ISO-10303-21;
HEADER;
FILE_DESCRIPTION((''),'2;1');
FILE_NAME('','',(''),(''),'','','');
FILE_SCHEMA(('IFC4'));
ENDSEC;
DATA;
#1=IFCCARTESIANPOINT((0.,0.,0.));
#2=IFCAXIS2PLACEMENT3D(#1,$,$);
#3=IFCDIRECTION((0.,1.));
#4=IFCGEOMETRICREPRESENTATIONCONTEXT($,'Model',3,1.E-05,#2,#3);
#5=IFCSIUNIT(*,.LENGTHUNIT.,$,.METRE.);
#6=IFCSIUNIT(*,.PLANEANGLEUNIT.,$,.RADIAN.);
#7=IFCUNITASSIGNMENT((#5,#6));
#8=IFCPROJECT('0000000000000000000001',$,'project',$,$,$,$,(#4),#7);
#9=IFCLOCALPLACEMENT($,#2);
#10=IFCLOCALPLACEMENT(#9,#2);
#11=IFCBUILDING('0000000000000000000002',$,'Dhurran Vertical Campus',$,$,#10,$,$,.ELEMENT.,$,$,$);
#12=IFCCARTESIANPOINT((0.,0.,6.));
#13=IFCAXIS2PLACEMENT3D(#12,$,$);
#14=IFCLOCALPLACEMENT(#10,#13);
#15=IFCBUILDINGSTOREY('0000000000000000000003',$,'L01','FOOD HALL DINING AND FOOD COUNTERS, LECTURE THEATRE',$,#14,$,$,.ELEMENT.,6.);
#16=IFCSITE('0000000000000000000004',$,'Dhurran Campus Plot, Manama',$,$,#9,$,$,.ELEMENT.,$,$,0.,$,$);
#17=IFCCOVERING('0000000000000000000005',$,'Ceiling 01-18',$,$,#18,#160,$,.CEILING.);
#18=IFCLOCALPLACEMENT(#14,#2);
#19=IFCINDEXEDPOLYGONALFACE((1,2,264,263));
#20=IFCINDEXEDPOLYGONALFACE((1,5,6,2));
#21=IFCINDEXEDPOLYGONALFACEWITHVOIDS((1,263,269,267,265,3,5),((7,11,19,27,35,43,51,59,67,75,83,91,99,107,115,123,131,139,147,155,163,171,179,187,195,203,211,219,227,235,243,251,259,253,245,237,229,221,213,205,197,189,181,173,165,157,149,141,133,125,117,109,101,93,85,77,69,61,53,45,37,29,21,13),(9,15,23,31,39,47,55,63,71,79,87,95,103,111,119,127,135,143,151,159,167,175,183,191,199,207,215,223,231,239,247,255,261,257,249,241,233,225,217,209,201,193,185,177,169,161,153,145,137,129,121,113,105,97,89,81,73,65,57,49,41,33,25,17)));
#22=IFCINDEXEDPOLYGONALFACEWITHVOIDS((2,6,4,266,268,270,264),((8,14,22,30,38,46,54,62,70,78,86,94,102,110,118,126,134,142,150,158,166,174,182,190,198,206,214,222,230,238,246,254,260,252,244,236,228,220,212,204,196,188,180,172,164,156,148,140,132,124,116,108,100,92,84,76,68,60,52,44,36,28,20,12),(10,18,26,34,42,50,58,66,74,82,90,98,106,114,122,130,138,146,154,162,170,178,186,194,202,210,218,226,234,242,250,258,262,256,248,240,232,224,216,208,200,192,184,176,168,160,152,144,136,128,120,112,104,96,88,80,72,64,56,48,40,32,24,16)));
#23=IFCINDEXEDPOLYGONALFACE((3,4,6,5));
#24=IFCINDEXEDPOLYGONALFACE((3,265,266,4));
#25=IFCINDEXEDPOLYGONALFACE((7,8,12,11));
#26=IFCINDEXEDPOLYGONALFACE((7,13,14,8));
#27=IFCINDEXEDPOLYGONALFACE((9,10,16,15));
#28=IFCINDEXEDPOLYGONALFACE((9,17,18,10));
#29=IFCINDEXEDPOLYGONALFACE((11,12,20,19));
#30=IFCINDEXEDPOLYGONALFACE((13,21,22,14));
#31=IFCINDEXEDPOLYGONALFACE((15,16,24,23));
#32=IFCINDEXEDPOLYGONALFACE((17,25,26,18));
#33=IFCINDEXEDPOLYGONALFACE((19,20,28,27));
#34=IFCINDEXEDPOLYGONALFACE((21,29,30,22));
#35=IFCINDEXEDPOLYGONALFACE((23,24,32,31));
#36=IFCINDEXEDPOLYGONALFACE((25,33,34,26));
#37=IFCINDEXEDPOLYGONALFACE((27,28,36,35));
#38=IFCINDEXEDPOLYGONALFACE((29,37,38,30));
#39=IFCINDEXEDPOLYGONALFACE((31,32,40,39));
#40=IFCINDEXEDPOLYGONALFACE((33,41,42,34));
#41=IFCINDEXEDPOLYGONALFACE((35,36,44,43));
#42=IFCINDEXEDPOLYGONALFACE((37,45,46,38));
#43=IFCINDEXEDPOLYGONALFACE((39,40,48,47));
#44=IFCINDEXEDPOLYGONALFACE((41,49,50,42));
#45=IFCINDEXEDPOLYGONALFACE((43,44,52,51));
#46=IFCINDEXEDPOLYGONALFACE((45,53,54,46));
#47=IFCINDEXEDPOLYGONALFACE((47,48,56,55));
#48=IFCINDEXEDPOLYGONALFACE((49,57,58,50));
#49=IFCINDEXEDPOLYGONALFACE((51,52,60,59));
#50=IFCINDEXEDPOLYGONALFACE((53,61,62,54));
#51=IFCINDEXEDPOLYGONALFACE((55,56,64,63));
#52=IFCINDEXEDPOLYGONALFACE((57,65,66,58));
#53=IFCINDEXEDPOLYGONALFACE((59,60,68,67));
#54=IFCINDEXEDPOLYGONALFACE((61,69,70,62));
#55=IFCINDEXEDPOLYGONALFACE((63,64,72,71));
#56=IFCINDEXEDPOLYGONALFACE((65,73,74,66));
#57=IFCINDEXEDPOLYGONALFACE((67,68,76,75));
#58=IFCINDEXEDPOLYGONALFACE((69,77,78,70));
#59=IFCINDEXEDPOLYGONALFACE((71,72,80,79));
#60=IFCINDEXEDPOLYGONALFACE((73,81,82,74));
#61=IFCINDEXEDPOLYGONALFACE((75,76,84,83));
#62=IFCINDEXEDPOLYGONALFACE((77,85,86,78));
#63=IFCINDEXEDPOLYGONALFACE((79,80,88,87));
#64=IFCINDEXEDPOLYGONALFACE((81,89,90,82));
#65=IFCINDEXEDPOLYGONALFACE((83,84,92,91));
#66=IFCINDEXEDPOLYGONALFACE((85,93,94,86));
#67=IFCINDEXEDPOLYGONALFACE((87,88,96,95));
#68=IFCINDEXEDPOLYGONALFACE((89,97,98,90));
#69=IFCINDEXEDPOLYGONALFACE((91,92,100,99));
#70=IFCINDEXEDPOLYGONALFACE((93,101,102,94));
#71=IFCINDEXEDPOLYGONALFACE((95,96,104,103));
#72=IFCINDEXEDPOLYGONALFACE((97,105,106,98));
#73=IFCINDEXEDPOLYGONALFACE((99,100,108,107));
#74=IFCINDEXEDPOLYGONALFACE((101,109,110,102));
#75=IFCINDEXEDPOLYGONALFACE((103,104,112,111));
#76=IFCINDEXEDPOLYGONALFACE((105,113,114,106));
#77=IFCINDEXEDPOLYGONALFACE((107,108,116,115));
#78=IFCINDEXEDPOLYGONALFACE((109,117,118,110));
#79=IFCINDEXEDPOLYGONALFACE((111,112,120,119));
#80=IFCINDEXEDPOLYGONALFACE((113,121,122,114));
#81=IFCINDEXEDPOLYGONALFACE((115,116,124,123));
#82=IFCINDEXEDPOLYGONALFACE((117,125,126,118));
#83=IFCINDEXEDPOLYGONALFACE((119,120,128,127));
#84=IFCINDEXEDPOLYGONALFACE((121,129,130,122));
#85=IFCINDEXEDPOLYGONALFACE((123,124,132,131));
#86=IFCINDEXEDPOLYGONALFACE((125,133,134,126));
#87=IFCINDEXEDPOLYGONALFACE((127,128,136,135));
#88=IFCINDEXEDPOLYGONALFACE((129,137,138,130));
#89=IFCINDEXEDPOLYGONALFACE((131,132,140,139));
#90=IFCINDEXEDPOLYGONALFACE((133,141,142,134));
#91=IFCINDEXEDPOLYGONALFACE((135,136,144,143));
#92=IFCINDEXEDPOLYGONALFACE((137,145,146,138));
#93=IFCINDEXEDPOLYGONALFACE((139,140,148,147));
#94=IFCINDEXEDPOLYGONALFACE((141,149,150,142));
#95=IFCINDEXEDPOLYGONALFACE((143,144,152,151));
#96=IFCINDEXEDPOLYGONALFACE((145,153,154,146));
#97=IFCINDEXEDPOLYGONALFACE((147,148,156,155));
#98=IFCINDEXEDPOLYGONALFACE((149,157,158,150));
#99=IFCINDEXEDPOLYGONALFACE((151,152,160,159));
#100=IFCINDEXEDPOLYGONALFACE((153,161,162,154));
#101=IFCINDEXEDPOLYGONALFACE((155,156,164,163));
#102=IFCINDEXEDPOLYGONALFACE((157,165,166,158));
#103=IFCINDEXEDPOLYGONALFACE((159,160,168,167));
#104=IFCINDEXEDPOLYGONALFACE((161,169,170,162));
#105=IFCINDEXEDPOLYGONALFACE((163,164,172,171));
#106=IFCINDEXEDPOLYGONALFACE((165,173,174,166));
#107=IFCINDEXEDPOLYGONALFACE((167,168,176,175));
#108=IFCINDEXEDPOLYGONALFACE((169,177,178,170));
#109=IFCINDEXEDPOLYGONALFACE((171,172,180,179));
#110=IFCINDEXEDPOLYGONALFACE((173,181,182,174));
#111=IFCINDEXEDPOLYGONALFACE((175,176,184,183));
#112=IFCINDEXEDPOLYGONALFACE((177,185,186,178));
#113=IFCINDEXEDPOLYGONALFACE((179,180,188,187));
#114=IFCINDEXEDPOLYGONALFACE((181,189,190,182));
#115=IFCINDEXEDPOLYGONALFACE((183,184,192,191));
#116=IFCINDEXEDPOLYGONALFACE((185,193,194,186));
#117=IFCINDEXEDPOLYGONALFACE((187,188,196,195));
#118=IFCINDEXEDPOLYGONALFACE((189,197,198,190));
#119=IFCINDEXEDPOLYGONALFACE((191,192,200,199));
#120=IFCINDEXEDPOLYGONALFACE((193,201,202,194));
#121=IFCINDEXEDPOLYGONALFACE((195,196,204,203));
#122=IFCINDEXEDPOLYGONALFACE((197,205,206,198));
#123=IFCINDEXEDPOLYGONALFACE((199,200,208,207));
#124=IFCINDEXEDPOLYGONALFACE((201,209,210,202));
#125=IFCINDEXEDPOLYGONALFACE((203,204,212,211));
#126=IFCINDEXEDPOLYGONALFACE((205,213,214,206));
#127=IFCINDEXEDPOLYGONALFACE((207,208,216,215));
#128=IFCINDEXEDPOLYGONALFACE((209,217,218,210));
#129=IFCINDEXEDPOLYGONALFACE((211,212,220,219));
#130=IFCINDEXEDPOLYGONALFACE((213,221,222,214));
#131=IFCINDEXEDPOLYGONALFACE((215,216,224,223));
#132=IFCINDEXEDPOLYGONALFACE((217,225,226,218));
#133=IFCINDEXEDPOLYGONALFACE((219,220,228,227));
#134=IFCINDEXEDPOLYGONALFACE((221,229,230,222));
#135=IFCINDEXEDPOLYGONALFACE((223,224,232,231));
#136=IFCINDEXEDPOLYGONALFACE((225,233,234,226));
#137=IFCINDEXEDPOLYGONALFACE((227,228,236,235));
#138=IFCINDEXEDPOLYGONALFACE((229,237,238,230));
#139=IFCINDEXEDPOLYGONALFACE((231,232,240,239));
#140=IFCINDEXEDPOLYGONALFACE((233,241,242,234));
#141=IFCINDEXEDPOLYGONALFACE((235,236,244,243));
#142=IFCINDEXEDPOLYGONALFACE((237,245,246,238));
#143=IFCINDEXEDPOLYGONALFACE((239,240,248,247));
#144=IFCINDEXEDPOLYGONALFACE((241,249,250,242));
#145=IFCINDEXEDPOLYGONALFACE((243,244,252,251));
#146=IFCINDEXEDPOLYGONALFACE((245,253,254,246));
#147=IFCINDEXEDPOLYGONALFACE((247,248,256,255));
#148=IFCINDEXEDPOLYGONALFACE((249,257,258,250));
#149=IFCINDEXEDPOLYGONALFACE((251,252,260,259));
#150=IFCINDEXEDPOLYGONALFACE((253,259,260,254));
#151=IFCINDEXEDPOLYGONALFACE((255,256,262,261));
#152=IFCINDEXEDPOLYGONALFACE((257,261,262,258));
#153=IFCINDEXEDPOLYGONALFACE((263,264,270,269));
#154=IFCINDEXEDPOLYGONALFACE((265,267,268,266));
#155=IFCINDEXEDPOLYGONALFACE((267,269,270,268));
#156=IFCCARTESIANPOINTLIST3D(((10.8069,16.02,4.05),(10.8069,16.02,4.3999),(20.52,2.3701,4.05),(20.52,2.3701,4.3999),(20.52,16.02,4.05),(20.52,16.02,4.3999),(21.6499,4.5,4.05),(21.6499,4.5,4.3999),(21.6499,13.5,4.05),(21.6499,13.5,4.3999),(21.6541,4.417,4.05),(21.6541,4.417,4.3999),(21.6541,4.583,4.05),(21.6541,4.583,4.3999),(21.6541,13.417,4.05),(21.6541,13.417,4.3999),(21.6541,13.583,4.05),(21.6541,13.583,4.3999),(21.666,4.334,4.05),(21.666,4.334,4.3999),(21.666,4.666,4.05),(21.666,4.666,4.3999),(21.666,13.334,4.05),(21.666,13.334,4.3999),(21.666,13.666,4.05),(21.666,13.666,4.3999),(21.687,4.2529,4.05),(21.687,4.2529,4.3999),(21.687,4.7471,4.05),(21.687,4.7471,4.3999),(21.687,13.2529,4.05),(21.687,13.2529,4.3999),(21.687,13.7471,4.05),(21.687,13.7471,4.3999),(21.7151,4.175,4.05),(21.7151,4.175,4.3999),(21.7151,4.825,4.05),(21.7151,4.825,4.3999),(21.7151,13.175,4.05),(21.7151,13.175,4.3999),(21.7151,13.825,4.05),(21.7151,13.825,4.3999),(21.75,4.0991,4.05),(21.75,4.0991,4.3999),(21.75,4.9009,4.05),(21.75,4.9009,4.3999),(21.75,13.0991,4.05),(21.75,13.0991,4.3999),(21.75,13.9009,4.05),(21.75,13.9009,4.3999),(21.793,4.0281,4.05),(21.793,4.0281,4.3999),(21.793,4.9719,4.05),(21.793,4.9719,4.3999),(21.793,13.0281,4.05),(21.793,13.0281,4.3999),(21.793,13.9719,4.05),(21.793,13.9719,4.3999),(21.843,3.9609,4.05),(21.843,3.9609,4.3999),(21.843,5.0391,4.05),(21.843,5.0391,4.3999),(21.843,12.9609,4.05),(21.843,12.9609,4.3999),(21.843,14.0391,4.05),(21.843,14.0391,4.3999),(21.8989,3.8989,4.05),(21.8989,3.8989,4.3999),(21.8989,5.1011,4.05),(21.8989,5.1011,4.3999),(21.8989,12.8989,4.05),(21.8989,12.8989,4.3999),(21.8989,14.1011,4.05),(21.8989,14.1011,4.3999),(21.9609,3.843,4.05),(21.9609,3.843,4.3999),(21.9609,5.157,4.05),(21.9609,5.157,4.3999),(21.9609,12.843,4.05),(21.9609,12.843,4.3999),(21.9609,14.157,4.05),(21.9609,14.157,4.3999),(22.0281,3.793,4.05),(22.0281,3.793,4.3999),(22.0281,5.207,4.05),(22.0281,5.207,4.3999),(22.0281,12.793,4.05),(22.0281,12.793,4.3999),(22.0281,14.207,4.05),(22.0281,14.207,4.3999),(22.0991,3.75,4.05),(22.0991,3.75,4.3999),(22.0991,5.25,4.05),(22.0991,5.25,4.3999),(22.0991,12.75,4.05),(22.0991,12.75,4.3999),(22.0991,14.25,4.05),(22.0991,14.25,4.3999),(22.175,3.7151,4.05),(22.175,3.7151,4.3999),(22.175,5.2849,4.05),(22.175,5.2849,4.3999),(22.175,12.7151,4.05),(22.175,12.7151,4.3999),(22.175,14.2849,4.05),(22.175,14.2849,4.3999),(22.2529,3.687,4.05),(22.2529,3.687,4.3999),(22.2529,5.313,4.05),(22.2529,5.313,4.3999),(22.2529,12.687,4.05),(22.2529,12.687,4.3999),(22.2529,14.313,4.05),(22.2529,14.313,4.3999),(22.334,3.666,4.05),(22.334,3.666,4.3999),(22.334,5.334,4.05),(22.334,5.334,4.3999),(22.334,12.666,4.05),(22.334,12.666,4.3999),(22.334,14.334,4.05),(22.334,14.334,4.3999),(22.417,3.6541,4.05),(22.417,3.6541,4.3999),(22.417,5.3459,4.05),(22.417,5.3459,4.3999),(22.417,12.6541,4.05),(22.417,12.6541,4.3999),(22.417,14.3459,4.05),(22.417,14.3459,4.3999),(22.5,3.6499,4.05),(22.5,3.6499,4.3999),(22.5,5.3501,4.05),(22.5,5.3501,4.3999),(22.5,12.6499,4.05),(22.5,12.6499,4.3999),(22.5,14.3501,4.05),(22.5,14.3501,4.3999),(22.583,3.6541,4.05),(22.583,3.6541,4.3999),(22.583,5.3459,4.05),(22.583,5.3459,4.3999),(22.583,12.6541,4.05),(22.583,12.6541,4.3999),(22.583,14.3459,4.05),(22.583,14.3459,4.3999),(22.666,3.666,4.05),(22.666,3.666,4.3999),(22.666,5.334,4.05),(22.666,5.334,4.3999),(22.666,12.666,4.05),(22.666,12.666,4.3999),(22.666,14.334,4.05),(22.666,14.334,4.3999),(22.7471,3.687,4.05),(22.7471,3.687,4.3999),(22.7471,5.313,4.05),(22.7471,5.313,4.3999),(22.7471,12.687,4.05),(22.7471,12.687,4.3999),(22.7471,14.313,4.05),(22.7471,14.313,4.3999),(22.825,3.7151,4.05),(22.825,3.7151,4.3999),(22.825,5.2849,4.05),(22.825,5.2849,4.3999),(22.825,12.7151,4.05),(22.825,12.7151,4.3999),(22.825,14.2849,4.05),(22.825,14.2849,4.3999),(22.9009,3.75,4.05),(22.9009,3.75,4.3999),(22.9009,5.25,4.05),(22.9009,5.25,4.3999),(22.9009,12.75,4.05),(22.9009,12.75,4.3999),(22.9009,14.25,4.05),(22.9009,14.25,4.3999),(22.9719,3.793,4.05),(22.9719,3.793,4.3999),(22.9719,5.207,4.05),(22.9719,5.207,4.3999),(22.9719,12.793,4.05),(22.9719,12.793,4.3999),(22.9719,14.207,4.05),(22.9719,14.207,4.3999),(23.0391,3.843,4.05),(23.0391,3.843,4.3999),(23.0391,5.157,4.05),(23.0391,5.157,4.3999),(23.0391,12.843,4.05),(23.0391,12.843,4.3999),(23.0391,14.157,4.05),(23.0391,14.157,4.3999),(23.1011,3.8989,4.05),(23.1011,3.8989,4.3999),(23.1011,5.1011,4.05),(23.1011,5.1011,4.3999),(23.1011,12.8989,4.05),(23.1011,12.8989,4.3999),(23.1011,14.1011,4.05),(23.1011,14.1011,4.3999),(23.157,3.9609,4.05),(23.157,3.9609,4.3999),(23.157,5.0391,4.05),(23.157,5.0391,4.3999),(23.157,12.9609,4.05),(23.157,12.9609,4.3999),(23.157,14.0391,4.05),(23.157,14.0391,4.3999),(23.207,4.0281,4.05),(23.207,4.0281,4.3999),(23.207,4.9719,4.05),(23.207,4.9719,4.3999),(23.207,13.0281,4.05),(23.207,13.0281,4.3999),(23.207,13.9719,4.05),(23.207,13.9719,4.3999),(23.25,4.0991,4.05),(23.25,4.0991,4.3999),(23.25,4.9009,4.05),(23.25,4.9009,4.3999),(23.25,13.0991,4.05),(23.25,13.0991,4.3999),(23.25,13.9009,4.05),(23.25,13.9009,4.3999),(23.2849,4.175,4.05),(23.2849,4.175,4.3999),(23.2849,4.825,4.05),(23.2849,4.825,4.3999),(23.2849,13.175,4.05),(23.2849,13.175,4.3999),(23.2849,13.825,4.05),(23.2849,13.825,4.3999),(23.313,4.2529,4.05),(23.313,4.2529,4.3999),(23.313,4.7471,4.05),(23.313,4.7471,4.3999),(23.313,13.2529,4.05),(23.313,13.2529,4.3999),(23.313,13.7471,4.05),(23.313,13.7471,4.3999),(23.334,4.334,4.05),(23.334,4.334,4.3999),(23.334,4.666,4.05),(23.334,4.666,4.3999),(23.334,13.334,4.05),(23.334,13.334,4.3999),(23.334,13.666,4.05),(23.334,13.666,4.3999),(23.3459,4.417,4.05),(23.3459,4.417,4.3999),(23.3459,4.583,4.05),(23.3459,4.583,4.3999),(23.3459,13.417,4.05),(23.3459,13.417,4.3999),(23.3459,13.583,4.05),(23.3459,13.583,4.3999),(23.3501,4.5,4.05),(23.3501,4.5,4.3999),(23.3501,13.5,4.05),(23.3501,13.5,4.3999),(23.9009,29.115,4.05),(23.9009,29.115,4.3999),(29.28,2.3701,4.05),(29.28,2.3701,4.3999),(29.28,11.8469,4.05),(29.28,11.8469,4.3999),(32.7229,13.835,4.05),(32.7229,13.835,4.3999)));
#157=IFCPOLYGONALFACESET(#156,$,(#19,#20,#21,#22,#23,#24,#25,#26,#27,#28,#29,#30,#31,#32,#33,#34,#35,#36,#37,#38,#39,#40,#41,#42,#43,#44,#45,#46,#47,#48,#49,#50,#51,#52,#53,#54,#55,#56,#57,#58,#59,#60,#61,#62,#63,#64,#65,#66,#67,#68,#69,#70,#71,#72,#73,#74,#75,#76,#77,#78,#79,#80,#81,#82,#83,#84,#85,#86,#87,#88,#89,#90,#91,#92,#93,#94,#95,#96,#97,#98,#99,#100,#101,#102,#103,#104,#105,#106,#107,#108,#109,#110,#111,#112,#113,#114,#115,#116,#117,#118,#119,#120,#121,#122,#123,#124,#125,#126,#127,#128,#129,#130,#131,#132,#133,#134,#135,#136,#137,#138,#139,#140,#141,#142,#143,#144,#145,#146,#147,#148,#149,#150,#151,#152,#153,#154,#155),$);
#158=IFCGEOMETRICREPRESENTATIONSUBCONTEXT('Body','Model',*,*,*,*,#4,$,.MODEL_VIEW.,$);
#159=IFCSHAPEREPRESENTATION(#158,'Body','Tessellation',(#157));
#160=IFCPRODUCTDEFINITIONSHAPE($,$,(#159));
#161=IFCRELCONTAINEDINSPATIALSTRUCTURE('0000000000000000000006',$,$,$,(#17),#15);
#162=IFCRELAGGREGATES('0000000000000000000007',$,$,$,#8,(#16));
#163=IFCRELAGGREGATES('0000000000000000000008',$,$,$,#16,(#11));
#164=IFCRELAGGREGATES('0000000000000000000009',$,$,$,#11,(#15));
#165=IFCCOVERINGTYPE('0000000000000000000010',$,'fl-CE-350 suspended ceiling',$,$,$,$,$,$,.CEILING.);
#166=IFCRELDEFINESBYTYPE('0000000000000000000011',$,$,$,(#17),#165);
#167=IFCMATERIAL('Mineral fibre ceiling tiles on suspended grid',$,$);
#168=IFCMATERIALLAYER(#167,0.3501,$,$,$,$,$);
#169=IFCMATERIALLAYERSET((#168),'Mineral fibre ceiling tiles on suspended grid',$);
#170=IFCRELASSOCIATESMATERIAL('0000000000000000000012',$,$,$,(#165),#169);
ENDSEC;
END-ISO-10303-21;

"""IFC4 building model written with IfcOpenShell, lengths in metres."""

from ifc_helpers import new_model, si_unit, direction, frame, origin, place, context, subcontext, project, spatial, polyline, outline, extrude, material, layer, layer_set, type_object, element, save


model = new_model("IFC4")

# Units and contexts
model_context = context("Model", 3, precision=1e-05, world=origin(), true_north=direction((0.0, 1.0)))
body_context = subcontext(model_context, "Body", "Model", "MODEL_VIEW")
ifc_project = project(units=[si_unit("LENGTHUNIT", "METRE"), si_unit("PLANEANGLEUNIT", "RADIAN")], contexts=[model_context])

# Site, building, storey
site_placement = place(None, origin())
site = spatial("IfcSite", under=ifc_project, at=site_placement, Name="Dhurran Campus Plot, Manama", CompositionType="ELEMENT", RefElevation=0.0)
building_placement = place(site_placement, origin())
building = spatial("IfcBuilding", under=site, at=building_placement, Name="Dhurran Vertical Campus", CompositionType="ELEMENT")
storey_placement = place(building_placement, frame((0.0, 0.0, 6.0)))
storey = spatial("IfcBuildingStorey", under=building, at=storey_placement, Name="L01", Description="FOOD HALL DINING AND FOOD COUNTERS, LECTURE THEATRE", CompositionType="ELEMENT", Elevation=6.0)

# Covering
ifc_material_1 = material(Name="Mineral fibre ceiling tiles on suspended grid")
ifc_layer_1 = layer(ifc_material_1, 0.3501)
ifc_layer_set_1 = layer_set([ifc_layer_1], Name="Mineral fibre ceiling tiles on suspended grid")
covering_type = type_object("IfcCoveringType", Name="fl-CE-350 suspended ceiling", PredefinedType="CEILING", material=ifc_layer_set_1)
covering_1_placement = place(storey_placement, frame((0.0, 0.0, 4.05)))
element("IfcCovering", 1, at=covering_1_placement, inside=storey, type_object=covering_type, Name="Ceiling 01-18", PredefinedType="CEILING", context=body_context, shape_type="SweptSolid", body=[
    extrude(outline(polyline([(23.9009, 29.115), (32.7229, 13.835), (29.28, 11.8469), (29.28, 2.3701), (20.52, 2.3701), (20.52, 16.02), (10.8069, 16.02), (23.9009, 29.115)]), holes=[polyline([(23.334, 4.666), (23.313, 4.7471), (23.2849, 4.825), (23.25, 4.9009), (23.207, 4.9719), (23.157, 5.0391), (23.1011, 5.1011), (23.0391, 5.157), (22.9719, 5.207), (22.9009, 5.25), (22.825, 5.2849), (22.7471, 5.313), (22.666, 5.334), (22.583, 5.3459), (22.5, 5.3501), (22.417, 5.3459), (22.334, 5.334), (22.2529, 5.313), (22.175, 5.2849), (22.0991, 5.25), (22.0281, 5.207), (21.9609, 5.157), (21.8989, 5.1011), (21.843, 5.0391), (21.793, 4.9719), (21.75, 4.9009), (21.7151, 4.825), (21.687, 4.7471), (21.666, 4.666), (21.6541, 4.583), (21.6499, 4.5), (21.6541, 4.417), (21.666, 4.334), (21.687, 4.2529), (21.7151, 4.175), (21.75, 4.0991), (21.793, 4.0281), (21.843, 3.9609), (21.8989, 3.8989), (21.9609, 3.843), (22.0281, 3.793), (22.0991, 3.75), (22.175, 3.7151), (22.2529, 3.687), (22.334, 3.666), (22.417, 3.6541), (22.5, 3.6499), (22.583, 3.6541), (22.666, 3.666), (22.7471, 3.687), (22.825, 3.7151), (22.9009, 3.75), (22.9719, 3.793), (23.0391, 3.843), (23.1011, 3.8989), (23.157, 3.9609), (23.207, 4.0281), (23.25, 4.0991), (23.2849, 4.175), (23.313, 4.2529), (23.334, 4.334), (23.3459, 4.417), (23.3501, 4.5), (23.3459, 4.583), (23.334, 4.666)]), polyline([(23.3459, 13.583), (23.334, 13.666), (23.313, 13.7471), (23.2849, 13.825), (23.25, 13.9009), (23.207, 13.9719), (23.157, 14.0391), (23.1011, 14.1011), (23.0391, 14.157), (22.9719, 14.207), (22.9009, 14.25), (22.825, 14.2849), (22.7471, 14.313), (22.666, 14.334), (22.583, 14.3459), (22.5, 14.3501), (22.417, 14.3459), (22.334, 14.334), (22.2529, 14.313), (22.175, 14.2849), (22.0991, 14.25), (22.0281, 14.207), (21.9609, 14.157), (21.8989, 14.1011), (21.843, 14.0391), (21.793, 13.9719), (21.75, 13.9009), (21.7151, 13.825), (21.687, 13.7471), (21.666, 13.666), (21.6541, 13.583), (21.6499, 13.5), (21.6541, 13.417), (21.666, 13.334), (21.687, 13.2529), (21.7151, 13.175), (21.75, 13.0991), (21.793, 13.0281), (21.843, 12.9609), (21.8989, 12.8989), (21.9609, 12.843), (22.0281, 12.793), (22.0991, 12.75), (22.175, 12.7151), (22.2529, 12.687), (22.334, 12.666), (22.417, 12.6541), (22.5, 12.6499), (22.583, 12.6541), (22.666, 12.666), (22.7471, 12.687), (22.825, 12.7151), (22.9009, 12.75), (22.9719, 12.793), (23.0391, 12.843), (23.1011, 12.8989), (23.157, 12.9609), (23.207, 13.0281), (23.25, 13.0991), (23.2849, 13.175), (23.313, 13.2529), (23.334, 13.334), (23.3459, 13.417), (23.3501, 13.5), (23.3459, 13.583)])]), origin(), (0.0, 0.0, 1.0), 0.3499),
])

save(model, "model.ifc")
